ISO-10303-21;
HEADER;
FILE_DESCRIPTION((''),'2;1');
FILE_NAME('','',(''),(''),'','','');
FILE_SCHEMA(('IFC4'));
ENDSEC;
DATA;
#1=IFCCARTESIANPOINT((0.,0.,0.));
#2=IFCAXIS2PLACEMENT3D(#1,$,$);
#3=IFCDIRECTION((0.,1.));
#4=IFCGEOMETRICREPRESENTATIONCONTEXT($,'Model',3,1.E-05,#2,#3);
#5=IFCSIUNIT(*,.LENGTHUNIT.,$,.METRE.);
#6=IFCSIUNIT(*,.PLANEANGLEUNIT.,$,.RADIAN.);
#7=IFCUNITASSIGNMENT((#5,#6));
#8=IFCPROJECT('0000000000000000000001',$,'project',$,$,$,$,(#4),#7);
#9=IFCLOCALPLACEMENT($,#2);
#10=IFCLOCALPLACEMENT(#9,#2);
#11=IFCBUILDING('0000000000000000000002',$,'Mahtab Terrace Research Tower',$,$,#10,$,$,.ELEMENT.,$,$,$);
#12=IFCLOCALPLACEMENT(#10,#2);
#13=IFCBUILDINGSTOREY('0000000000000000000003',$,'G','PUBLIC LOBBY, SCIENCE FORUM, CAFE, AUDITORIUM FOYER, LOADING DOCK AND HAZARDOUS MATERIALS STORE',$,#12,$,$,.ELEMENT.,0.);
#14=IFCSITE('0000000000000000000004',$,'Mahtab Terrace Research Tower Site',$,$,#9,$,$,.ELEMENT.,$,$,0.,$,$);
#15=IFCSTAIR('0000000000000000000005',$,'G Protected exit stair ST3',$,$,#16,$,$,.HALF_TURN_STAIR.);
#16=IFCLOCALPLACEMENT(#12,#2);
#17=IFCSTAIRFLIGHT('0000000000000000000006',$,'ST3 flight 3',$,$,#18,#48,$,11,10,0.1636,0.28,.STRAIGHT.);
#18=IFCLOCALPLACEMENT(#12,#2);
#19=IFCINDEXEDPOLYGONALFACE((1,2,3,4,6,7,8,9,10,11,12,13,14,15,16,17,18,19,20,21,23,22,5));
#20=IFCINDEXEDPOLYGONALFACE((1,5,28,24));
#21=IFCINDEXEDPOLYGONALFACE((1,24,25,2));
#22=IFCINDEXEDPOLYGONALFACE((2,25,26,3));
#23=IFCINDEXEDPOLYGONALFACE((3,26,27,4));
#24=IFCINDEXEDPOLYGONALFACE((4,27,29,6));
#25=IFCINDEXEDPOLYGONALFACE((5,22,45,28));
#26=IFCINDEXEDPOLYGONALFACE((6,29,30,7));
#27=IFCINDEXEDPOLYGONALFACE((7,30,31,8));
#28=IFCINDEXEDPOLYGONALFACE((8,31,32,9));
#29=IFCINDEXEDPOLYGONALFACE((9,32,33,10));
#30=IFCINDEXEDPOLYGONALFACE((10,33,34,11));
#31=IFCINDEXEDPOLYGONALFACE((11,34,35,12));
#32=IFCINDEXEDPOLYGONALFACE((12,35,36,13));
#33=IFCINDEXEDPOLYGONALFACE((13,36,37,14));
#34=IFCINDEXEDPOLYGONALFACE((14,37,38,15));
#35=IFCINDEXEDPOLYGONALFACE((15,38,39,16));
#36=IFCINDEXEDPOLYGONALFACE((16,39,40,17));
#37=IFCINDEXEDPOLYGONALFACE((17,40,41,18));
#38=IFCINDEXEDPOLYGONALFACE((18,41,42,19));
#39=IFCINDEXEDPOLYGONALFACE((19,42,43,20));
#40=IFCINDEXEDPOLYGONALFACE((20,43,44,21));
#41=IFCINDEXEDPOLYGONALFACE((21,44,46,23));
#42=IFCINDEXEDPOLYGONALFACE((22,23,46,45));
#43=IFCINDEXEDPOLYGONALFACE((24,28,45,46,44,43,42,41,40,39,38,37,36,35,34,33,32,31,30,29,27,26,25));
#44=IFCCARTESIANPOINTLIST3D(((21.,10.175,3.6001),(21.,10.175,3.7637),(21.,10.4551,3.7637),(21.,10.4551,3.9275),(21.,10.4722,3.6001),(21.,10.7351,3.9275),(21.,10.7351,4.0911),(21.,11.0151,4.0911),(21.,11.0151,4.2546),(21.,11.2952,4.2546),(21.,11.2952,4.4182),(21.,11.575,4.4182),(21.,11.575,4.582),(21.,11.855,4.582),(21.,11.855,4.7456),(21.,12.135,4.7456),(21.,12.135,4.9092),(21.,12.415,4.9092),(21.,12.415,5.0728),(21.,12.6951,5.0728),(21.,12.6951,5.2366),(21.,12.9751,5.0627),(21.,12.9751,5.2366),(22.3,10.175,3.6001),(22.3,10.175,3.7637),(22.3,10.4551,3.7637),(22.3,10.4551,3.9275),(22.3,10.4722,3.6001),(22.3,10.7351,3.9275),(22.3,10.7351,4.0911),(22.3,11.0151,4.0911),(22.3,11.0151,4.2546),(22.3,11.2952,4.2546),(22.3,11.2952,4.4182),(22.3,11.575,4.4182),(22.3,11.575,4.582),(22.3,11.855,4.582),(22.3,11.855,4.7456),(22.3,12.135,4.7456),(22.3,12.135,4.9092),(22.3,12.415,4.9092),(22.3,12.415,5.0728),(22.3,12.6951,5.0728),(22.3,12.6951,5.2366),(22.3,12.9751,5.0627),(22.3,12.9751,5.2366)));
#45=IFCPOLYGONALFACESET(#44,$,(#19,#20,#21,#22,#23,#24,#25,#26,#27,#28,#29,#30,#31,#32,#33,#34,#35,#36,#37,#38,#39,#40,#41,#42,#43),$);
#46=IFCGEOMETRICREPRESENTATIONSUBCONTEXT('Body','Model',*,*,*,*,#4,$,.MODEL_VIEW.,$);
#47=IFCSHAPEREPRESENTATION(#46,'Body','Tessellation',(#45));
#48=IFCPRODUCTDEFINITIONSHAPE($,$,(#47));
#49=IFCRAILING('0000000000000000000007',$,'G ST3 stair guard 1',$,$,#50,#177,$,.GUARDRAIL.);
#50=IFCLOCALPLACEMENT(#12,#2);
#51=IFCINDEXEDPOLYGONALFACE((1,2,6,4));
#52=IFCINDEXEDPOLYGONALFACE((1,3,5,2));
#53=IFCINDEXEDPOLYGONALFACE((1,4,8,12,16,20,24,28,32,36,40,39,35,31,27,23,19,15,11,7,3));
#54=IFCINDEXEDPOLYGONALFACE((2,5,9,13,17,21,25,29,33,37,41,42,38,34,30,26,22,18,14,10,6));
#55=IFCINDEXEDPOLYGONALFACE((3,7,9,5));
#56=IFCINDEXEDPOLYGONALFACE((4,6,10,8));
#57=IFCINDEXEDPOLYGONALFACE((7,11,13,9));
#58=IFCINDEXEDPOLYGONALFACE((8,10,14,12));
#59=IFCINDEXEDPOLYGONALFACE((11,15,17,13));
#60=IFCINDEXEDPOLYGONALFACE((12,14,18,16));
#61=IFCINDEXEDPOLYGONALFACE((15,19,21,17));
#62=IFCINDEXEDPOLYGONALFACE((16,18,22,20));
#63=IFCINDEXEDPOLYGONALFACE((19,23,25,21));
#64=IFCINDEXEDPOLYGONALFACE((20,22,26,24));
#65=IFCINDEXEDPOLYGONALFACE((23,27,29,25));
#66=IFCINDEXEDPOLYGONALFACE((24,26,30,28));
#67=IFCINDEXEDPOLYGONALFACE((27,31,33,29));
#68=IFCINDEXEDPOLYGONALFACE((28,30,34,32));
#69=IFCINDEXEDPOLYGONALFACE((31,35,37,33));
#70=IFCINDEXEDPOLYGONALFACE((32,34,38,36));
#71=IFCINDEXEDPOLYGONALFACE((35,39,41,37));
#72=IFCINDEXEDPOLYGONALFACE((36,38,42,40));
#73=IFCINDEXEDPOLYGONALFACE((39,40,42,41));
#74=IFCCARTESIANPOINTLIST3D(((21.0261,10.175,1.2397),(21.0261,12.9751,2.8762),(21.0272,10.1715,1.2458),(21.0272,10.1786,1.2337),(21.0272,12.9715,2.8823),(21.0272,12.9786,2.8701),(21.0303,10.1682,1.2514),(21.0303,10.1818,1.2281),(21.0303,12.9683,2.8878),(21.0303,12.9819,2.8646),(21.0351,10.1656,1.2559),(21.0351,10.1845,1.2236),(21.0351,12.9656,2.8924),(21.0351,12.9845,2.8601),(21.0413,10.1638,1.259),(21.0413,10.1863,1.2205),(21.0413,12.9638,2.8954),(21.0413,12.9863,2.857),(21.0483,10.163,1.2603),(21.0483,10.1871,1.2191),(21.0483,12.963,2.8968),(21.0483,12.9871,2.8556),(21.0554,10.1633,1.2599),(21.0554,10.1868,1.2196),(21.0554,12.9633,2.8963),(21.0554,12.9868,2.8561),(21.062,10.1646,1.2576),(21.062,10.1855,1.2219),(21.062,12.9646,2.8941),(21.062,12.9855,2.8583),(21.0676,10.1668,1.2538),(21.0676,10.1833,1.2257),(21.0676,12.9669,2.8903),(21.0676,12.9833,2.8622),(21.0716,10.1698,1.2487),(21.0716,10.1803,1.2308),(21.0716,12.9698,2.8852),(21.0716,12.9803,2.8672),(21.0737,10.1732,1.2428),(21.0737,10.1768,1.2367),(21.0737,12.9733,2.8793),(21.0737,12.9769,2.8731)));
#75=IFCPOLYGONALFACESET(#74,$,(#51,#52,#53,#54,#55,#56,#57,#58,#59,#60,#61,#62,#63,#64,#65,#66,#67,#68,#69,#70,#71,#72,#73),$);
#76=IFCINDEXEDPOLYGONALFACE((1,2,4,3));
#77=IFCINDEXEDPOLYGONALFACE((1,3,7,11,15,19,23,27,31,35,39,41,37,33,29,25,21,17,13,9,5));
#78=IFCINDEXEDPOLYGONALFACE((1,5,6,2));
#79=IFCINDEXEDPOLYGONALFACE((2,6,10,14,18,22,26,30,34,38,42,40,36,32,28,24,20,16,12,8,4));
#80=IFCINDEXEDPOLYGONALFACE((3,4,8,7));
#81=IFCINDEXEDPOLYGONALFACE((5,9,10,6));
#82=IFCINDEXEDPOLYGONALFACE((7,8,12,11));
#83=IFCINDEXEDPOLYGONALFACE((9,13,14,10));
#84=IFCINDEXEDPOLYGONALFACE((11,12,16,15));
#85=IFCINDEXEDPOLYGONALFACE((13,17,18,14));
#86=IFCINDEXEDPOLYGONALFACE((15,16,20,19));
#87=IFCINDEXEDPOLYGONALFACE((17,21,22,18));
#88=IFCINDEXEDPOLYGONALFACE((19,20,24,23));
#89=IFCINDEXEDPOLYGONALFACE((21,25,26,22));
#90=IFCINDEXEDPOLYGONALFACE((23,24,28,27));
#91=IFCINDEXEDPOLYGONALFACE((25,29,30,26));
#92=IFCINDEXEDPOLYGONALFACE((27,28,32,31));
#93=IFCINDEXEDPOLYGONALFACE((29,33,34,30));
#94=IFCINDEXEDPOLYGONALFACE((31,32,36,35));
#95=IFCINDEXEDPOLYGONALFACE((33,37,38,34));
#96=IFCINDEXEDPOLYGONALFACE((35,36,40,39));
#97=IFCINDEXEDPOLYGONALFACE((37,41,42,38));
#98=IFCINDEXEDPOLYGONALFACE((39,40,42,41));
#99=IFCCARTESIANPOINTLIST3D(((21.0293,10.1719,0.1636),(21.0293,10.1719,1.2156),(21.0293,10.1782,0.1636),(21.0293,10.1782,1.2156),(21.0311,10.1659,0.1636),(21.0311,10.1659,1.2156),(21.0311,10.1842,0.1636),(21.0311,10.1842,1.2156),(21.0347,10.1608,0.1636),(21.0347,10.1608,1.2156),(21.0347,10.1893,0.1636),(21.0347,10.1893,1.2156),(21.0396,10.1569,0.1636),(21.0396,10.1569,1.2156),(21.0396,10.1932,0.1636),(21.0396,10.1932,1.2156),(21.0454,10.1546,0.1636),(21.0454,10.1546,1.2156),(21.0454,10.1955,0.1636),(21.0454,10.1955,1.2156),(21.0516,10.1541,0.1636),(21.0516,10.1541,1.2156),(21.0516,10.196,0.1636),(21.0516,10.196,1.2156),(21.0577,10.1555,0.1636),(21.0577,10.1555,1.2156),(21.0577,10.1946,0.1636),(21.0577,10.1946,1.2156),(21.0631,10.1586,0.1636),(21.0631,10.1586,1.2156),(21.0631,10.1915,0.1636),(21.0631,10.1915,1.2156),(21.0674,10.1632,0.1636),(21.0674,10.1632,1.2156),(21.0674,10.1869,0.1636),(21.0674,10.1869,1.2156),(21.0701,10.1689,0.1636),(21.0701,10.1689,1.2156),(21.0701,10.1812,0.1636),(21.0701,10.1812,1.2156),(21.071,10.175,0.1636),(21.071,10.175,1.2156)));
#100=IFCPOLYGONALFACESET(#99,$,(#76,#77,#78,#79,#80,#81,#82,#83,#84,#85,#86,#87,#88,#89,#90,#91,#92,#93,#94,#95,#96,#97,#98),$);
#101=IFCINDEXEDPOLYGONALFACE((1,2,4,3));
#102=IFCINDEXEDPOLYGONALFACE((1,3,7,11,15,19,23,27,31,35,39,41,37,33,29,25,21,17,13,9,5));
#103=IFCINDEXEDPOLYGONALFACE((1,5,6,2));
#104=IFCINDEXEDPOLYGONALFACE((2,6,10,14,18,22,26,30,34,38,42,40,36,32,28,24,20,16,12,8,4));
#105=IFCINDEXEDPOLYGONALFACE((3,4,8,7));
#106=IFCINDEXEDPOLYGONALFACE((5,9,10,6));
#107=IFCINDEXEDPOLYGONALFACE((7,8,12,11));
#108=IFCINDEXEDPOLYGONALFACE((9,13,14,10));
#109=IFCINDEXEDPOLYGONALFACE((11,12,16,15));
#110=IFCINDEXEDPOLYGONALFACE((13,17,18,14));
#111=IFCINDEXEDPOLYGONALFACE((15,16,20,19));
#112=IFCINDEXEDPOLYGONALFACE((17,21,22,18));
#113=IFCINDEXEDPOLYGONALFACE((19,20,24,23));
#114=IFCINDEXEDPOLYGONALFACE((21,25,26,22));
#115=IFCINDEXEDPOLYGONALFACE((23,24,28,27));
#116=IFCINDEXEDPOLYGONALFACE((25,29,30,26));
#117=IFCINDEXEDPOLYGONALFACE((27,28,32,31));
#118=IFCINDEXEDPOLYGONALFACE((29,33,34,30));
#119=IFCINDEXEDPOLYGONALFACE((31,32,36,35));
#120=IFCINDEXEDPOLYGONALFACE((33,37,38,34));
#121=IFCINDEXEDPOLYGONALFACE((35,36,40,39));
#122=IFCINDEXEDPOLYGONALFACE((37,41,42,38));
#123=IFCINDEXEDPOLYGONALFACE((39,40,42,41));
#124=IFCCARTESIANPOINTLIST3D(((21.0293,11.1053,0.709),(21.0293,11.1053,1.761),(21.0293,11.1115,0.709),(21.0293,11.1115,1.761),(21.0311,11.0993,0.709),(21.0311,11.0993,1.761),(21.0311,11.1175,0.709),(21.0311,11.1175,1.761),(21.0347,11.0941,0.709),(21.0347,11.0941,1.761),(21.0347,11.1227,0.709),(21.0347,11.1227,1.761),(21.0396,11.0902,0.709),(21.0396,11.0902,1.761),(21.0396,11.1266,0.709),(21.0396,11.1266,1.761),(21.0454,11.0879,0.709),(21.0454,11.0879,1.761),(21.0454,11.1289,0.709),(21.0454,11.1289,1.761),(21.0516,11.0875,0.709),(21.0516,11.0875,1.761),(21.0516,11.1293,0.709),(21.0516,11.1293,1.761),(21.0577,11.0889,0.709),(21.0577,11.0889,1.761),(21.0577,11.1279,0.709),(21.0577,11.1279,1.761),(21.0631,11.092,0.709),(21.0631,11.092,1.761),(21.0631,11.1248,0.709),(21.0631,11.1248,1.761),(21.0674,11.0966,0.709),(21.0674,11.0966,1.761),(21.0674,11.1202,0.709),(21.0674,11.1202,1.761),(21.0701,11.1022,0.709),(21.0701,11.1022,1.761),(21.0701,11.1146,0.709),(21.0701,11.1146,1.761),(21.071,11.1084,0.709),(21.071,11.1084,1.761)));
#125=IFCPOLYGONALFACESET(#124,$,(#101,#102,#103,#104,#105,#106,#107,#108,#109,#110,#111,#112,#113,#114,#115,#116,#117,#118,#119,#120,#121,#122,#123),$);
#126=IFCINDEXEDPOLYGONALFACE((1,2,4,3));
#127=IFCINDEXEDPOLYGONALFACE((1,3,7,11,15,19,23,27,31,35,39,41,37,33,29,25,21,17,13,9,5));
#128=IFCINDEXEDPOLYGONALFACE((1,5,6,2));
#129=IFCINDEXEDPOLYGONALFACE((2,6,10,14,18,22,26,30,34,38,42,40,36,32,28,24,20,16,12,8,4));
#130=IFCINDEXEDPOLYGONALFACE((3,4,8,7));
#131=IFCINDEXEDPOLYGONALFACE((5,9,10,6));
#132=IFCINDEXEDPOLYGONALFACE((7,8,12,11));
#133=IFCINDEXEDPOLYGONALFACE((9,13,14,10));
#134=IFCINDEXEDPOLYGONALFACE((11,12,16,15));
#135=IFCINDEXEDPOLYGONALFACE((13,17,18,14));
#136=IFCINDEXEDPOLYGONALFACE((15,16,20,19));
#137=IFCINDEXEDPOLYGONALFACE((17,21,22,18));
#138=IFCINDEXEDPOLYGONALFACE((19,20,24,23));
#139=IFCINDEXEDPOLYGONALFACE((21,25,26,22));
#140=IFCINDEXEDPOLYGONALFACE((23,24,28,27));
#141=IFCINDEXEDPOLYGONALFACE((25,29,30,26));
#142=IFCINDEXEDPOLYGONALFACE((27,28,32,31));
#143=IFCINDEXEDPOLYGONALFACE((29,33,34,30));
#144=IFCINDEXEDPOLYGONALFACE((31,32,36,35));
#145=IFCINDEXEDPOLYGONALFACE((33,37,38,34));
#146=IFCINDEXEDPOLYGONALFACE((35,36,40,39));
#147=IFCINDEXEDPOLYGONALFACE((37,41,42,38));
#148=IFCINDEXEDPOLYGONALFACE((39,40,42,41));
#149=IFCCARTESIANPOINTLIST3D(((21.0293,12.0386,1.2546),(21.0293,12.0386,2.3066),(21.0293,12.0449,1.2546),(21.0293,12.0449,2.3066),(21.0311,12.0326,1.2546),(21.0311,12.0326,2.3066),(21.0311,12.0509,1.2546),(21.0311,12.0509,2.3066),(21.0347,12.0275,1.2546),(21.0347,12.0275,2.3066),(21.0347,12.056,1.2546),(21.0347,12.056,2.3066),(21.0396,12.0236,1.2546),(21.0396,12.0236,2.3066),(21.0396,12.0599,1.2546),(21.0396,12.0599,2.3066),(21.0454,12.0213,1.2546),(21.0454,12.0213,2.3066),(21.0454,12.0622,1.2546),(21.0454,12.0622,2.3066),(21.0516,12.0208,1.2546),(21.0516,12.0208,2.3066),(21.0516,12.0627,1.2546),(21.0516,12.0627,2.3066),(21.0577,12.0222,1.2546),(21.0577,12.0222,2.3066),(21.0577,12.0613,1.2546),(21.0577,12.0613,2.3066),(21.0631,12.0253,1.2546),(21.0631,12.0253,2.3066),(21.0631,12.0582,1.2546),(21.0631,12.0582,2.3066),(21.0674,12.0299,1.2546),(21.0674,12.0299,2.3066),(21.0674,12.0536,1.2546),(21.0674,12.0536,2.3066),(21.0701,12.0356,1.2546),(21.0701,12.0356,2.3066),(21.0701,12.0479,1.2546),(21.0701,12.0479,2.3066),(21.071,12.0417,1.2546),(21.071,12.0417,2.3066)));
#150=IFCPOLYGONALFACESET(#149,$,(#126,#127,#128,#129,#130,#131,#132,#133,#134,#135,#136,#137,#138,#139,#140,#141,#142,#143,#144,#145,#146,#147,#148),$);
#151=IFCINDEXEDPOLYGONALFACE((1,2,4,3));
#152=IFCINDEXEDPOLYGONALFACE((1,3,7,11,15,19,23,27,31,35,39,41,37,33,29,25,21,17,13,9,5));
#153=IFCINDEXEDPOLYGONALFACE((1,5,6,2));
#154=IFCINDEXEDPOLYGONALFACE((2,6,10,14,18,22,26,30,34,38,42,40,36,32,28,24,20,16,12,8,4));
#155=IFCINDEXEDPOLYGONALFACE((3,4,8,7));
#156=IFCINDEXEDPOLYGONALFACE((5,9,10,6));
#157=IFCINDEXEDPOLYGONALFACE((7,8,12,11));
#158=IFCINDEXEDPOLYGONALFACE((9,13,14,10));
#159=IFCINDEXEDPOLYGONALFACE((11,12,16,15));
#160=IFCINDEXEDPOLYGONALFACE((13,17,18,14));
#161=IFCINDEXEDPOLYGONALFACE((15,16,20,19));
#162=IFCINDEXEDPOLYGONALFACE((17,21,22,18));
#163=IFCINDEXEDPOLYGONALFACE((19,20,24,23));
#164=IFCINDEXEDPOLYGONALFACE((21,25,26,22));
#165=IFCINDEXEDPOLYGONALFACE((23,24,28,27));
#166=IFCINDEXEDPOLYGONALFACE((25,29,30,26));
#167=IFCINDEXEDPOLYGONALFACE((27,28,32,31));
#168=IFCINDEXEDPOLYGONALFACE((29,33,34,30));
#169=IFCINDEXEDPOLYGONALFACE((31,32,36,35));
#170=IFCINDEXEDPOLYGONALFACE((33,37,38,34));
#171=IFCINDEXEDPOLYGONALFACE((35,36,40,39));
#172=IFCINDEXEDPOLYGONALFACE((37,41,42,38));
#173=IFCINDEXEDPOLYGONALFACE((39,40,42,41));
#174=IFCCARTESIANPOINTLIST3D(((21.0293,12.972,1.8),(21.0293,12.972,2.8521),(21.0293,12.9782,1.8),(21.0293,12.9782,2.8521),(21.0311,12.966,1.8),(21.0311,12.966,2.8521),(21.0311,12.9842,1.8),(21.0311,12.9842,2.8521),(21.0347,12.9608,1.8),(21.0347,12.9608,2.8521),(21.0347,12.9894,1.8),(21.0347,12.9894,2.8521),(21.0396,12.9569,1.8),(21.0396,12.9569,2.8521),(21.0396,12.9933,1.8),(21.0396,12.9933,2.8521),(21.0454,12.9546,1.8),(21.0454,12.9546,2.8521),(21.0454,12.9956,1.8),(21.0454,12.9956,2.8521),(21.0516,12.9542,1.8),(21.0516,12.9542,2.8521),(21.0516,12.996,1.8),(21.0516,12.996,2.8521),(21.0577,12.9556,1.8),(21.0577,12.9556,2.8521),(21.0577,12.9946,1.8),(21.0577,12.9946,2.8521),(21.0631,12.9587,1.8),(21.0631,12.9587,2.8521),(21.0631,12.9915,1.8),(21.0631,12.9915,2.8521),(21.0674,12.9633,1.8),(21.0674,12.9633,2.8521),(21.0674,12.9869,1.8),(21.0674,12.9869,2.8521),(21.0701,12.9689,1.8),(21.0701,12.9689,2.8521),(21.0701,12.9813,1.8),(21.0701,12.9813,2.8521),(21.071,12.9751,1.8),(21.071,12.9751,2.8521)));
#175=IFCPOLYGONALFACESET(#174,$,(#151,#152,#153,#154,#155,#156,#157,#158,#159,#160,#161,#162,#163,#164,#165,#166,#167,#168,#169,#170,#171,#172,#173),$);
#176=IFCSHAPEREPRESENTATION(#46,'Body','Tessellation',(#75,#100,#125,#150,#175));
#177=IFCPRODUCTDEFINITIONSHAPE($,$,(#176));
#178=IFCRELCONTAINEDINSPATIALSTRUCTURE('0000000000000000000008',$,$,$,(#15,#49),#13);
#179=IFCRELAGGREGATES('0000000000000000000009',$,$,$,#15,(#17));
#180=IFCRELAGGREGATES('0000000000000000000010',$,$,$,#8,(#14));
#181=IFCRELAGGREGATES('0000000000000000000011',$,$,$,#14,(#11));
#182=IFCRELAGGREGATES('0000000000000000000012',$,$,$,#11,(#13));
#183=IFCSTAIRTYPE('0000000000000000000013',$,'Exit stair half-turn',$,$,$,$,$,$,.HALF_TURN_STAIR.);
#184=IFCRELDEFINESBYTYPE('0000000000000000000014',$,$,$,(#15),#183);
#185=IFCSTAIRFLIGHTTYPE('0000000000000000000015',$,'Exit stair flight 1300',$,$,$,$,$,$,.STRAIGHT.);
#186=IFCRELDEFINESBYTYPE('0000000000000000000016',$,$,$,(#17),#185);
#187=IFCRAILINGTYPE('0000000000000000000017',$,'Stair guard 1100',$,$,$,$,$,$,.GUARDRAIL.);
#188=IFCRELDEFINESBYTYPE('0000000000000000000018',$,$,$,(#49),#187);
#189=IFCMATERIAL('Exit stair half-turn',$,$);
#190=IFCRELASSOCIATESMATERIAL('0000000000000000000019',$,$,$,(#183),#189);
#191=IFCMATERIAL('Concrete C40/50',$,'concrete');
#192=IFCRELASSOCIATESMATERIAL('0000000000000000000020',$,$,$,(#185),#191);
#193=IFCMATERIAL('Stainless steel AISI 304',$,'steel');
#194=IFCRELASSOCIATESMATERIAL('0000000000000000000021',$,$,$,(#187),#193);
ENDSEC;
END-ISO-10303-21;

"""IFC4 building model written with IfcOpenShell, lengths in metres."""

from ifc_helpers import new_model, si_unit, direction, frame, origin, origin_2d, place, context, subcontext, project, spatial, polyline, circle, outline, extrude, material, type_object, element, aggregate, save


model = new_model("IFC4")

# Units and contexts
model_context = context("Model", 3, precision=1e-05, world=origin(), true_north=direction((0.0, 1.0)))
body_context = subcontext(model_context, "Body", "Model", "MODEL_VIEW")
ifc_project = project(units=[si_unit("LENGTHUNIT", "METRE"), si_unit("PLANEANGLEUNIT", "RADIAN")], contexts=[model_context])

# Site, building, storey
site_placement = place(None, origin())
site = spatial("IfcSite", under=ifc_project, at=site_placement, Name="Mahtab Terrace Research Tower Site", CompositionType="ELEMENT", RefElevation=0.0)
building_placement = place(site_placement, origin())
building = spatial("IfcBuilding", under=site, at=building_placement, Name="Mahtab Terrace Research Tower", CompositionType="ELEMENT")
storey_placement = place(building_placement, origin())
storey = spatial("IfcBuildingStorey", under=building, at=storey_placement, Name="G", Description="PUBLIC LOBBY, SCIENCE FORUM, CAFE, AUDITORIUM FOYER, LOADING DOCK AND HAZARDOUS MATERIALS STORE", CompositionType="ELEMENT", Elevation=0.0)

# Shared definitions
ifc_material_1 = material(Name="Concrete C40/50", Category="concrete")

# Stair, stair flight
ifc_material_2 = material(Name="Exit stair half-turn")
stair_type = type_object("IfcStairType", Name="Exit stair half-turn", PredefinedType="HALF_TURN_STAIR", material=ifc_material_2)
stair_placement = place(storey_placement, origin())
stair = element("IfcStair", 1, at=stair_placement, inside=storey, type_object=stair_type, Name="G Protected exit stair ST3", PredefinedType="HALF_TURN_STAIR")
stair_flight_type = type_object("IfcStairFlightType", Name="Exit stair flight 1300", PredefinedType="STRAIGHT", material=ifc_material_1)
stair_flight_1_placement = place(storey_placement, frame((21.6499, 10.175, 3.6001), z_axis=(0.0, 0.0, 1.0), x_axis=(0.0, 1.0, 0.0)))
stair_flight_1 = element("IfcStairFlight", 2, at=stair_flight_1_placement, type_object=stair_flight_type, Name="ST3 flight 3", NumberOfRisers=11, NumberOfTreads=10, PredefinedType="STRAIGHT", RiserHeight=0.1636, TreadLength=0.28, context=body_context, shape_type="SweptSolid", body=[
    extrude(outline(polyline([(0.0, 0.0), (0.0, 0.1636), (0.28, 0.1636), (0.28, 0.3274), (0.5601, 0.3274), (0.5601, 0.491), (0.8401, 0.491), (0.8401, 0.6545), (1.1201, 0.6545), (1.1201, 0.8181), (1.3999, 0.8181), (1.3999, 0.9819), (1.6799, 0.9819), (1.6799, 1.1455), (1.96, 1.1455), (1.96, 1.3091), (2.24, 1.3091), (2.24, 1.4727), (2.52, 1.4727), (2.52, 1.6365), (2.8, 1.6365), (2.8, 1.8), (2.8, 1.4626), (0.2971, 0.0), (0.0, 0.0)])), frame((0.0, 0.6499, 0.0), z_axis=(0.0, -1.0, 0.0), x_axis=(1.0, 0.0, 0.0)), (0.0, 0.0, 1.0), 1.3),
])
aggregate(stair, [stair_flight_1])

# Railing
ifc_material_3 = material(Name="Stainless steel AISI 304", Category="steel")
railing_type_1 = type_object("IfcRailingType", Name="Stair guard 1100", PredefinedType="GUARDRAIL", material=ifc_material_3)
railing_1_placement = place(storey_placement, frame((21.05, 10.175, 0.1636)))
element("IfcRailing", 3, at=railing_1_placement, inside=storey, type_object=railing_type_1, Name="G ST3 stair guard 1", PredefinedType="GUARDRAIL", context=body_context, shape_type="SweptSolid", body=[
    extrude(circle(Radius=0.0239, at=origin_2d()), frame((0.0, 0.0, 1.0762), z_axis=(0.0, 0.863361, 0.504587), x_axis=(-1.0, 0.0, 0.0)), (0.0, 0.0, 1.0), 3.2432),
    extrude(circle(Radius=0.021, at=origin_2d()), origin(), (0.0, 0.0, 1.0), 1.052),
    extrude(circle(Radius=0.021, at=origin_2d()), frame((0.0, 0.9333, 0.5454)), (0.0, 0.0, 1.0), 1.052),
    extrude(circle(Radius=0.021, at=origin_2d()), frame((0.0, 1.8667, 1.0911)), (0.0, 0.0, 1.0), 1.052),
    extrude(circle(Radius=0.021, at=origin_2d()), frame((0.0, 2.8, 1.6365)), (0.0, 0.0, 1.0), 1.052),
])

save(model, "model.ifc")
